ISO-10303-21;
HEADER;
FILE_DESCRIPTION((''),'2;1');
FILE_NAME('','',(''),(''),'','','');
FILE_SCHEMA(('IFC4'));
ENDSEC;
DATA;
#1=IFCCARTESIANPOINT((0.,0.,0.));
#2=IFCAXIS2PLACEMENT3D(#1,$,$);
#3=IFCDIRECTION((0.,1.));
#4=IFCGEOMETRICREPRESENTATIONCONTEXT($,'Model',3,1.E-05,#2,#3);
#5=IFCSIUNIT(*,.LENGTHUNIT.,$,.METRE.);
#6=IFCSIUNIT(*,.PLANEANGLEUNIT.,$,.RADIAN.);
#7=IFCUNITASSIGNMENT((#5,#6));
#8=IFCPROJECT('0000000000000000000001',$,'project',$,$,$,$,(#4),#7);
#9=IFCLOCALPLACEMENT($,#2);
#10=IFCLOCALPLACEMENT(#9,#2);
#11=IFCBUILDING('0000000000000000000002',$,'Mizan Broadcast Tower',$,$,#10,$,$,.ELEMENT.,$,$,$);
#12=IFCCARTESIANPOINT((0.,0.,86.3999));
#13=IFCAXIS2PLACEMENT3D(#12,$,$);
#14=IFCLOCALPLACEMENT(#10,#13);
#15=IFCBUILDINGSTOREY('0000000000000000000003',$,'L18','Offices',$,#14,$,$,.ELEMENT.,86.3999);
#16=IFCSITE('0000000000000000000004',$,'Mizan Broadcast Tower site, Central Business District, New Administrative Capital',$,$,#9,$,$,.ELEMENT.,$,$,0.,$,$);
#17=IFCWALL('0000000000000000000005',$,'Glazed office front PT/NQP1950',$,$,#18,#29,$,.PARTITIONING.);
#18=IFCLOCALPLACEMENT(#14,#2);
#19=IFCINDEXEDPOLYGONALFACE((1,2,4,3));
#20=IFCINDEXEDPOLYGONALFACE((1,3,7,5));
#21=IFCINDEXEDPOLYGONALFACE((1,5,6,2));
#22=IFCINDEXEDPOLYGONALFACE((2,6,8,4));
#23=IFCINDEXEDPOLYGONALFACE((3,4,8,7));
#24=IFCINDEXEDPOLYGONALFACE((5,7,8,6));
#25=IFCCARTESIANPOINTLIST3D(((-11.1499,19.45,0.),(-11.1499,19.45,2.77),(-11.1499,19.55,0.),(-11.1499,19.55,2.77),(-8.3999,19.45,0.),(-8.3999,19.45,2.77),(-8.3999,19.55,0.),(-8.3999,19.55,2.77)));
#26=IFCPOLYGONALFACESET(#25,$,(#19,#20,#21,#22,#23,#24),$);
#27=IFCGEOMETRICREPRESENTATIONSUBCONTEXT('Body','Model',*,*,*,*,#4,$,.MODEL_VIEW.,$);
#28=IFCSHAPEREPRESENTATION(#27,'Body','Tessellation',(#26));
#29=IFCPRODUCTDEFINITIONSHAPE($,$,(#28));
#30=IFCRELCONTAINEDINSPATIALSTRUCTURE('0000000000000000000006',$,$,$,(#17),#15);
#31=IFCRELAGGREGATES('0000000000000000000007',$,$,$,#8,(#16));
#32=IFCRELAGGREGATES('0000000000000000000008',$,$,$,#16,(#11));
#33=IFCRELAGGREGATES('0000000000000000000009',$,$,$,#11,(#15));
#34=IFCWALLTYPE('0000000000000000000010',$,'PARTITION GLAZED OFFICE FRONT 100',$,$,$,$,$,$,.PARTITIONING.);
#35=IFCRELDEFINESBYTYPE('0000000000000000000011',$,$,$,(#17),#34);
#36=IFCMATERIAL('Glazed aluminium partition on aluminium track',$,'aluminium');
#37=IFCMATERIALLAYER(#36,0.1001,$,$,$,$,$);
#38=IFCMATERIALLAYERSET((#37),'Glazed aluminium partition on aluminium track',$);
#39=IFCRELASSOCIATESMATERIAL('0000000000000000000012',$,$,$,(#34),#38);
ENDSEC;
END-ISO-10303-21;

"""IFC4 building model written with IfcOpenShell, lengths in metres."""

from ifc_helpers import new_model, si_unit, direction, frame, frame_2d, origin, place, context, subcontext, project, spatial, rectangle, extrude, material, layer, layer_set, type_object, element, save


model = new_model("IFC4")

# Units and contexts
model_context = context("Model", 3, precision=1e-05, world=origin(), true_north=direction((0.0, 1.0)))
body_context = subcontext(model_context, "Body", "Model", "MODEL_VIEW")
ifc_project = project(units=[si_unit("LENGTHUNIT", "METRE"), si_unit("PLANEANGLEUNIT", "RADIAN")], contexts=[model_context])

# Site, building, storey
site_placement = place(None, origin())
site = spatial("IfcSite", under=ifc_project, at=site_placement, Name="Mizan Broadcast Tower site, Central Business District, New Administrative Capital", CompositionType="ELEMENT", RefElevation=0.0)
building_placement = place(site_placement, origin())
building = spatial("IfcBuilding", under=site, at=building_placement, Name="Mizan Broadcast Tower", CompositionType="ELEMENT")
storey_placement = place(building_placement, frame((0.0, 0.0, 86.3999)))
storey = spatial("IfcBuildingStorey", under=building, at=storey_placement, Name="L18", Description="Offices", CompositionType="ELEMENT", Elevation=86.3999)

# Shared definitions
ifc_material_1 = material(Name="Glazed aluminium partition on aluminium track", Category="aluminium")
ifc_layer_1 = layer(ifc_material_1, 0.1001)
ifc_layer_set_1 = layer_set([ifc_layer_1], Name="Glazed aluminium partition on aluminium track")
wall_type = type_object("IfcWallType", Name="PARTITION GLAZED OFFICE FRONT 100", PredefinedType="PARTITIONING", material=ifc_layer_set_1)

# Wall
wall_1_placement = place(storey_placement, frame((-8.3999, 19.5, 0.0), z_axis=(0.0, 0.0, 1.0), x_axis=(-1.0, 0.0, 0.0)))
element("IfcWall", 1, at=wall_1_placement, inside=storey, type_object=wall_type, Name="Glazed office front PT/NQP1950", PredefinedType="PARTITIONING", context=body_context, shape_type="SweptSolid", body=[
    extrude(rectangle(XDim=2.75, YDim=0.1001, at=frame_2d((1.375, 0.0))), origin(), (0.0, 0.0, 1.0), 2.77),
])

save(model, "model.ifc")
